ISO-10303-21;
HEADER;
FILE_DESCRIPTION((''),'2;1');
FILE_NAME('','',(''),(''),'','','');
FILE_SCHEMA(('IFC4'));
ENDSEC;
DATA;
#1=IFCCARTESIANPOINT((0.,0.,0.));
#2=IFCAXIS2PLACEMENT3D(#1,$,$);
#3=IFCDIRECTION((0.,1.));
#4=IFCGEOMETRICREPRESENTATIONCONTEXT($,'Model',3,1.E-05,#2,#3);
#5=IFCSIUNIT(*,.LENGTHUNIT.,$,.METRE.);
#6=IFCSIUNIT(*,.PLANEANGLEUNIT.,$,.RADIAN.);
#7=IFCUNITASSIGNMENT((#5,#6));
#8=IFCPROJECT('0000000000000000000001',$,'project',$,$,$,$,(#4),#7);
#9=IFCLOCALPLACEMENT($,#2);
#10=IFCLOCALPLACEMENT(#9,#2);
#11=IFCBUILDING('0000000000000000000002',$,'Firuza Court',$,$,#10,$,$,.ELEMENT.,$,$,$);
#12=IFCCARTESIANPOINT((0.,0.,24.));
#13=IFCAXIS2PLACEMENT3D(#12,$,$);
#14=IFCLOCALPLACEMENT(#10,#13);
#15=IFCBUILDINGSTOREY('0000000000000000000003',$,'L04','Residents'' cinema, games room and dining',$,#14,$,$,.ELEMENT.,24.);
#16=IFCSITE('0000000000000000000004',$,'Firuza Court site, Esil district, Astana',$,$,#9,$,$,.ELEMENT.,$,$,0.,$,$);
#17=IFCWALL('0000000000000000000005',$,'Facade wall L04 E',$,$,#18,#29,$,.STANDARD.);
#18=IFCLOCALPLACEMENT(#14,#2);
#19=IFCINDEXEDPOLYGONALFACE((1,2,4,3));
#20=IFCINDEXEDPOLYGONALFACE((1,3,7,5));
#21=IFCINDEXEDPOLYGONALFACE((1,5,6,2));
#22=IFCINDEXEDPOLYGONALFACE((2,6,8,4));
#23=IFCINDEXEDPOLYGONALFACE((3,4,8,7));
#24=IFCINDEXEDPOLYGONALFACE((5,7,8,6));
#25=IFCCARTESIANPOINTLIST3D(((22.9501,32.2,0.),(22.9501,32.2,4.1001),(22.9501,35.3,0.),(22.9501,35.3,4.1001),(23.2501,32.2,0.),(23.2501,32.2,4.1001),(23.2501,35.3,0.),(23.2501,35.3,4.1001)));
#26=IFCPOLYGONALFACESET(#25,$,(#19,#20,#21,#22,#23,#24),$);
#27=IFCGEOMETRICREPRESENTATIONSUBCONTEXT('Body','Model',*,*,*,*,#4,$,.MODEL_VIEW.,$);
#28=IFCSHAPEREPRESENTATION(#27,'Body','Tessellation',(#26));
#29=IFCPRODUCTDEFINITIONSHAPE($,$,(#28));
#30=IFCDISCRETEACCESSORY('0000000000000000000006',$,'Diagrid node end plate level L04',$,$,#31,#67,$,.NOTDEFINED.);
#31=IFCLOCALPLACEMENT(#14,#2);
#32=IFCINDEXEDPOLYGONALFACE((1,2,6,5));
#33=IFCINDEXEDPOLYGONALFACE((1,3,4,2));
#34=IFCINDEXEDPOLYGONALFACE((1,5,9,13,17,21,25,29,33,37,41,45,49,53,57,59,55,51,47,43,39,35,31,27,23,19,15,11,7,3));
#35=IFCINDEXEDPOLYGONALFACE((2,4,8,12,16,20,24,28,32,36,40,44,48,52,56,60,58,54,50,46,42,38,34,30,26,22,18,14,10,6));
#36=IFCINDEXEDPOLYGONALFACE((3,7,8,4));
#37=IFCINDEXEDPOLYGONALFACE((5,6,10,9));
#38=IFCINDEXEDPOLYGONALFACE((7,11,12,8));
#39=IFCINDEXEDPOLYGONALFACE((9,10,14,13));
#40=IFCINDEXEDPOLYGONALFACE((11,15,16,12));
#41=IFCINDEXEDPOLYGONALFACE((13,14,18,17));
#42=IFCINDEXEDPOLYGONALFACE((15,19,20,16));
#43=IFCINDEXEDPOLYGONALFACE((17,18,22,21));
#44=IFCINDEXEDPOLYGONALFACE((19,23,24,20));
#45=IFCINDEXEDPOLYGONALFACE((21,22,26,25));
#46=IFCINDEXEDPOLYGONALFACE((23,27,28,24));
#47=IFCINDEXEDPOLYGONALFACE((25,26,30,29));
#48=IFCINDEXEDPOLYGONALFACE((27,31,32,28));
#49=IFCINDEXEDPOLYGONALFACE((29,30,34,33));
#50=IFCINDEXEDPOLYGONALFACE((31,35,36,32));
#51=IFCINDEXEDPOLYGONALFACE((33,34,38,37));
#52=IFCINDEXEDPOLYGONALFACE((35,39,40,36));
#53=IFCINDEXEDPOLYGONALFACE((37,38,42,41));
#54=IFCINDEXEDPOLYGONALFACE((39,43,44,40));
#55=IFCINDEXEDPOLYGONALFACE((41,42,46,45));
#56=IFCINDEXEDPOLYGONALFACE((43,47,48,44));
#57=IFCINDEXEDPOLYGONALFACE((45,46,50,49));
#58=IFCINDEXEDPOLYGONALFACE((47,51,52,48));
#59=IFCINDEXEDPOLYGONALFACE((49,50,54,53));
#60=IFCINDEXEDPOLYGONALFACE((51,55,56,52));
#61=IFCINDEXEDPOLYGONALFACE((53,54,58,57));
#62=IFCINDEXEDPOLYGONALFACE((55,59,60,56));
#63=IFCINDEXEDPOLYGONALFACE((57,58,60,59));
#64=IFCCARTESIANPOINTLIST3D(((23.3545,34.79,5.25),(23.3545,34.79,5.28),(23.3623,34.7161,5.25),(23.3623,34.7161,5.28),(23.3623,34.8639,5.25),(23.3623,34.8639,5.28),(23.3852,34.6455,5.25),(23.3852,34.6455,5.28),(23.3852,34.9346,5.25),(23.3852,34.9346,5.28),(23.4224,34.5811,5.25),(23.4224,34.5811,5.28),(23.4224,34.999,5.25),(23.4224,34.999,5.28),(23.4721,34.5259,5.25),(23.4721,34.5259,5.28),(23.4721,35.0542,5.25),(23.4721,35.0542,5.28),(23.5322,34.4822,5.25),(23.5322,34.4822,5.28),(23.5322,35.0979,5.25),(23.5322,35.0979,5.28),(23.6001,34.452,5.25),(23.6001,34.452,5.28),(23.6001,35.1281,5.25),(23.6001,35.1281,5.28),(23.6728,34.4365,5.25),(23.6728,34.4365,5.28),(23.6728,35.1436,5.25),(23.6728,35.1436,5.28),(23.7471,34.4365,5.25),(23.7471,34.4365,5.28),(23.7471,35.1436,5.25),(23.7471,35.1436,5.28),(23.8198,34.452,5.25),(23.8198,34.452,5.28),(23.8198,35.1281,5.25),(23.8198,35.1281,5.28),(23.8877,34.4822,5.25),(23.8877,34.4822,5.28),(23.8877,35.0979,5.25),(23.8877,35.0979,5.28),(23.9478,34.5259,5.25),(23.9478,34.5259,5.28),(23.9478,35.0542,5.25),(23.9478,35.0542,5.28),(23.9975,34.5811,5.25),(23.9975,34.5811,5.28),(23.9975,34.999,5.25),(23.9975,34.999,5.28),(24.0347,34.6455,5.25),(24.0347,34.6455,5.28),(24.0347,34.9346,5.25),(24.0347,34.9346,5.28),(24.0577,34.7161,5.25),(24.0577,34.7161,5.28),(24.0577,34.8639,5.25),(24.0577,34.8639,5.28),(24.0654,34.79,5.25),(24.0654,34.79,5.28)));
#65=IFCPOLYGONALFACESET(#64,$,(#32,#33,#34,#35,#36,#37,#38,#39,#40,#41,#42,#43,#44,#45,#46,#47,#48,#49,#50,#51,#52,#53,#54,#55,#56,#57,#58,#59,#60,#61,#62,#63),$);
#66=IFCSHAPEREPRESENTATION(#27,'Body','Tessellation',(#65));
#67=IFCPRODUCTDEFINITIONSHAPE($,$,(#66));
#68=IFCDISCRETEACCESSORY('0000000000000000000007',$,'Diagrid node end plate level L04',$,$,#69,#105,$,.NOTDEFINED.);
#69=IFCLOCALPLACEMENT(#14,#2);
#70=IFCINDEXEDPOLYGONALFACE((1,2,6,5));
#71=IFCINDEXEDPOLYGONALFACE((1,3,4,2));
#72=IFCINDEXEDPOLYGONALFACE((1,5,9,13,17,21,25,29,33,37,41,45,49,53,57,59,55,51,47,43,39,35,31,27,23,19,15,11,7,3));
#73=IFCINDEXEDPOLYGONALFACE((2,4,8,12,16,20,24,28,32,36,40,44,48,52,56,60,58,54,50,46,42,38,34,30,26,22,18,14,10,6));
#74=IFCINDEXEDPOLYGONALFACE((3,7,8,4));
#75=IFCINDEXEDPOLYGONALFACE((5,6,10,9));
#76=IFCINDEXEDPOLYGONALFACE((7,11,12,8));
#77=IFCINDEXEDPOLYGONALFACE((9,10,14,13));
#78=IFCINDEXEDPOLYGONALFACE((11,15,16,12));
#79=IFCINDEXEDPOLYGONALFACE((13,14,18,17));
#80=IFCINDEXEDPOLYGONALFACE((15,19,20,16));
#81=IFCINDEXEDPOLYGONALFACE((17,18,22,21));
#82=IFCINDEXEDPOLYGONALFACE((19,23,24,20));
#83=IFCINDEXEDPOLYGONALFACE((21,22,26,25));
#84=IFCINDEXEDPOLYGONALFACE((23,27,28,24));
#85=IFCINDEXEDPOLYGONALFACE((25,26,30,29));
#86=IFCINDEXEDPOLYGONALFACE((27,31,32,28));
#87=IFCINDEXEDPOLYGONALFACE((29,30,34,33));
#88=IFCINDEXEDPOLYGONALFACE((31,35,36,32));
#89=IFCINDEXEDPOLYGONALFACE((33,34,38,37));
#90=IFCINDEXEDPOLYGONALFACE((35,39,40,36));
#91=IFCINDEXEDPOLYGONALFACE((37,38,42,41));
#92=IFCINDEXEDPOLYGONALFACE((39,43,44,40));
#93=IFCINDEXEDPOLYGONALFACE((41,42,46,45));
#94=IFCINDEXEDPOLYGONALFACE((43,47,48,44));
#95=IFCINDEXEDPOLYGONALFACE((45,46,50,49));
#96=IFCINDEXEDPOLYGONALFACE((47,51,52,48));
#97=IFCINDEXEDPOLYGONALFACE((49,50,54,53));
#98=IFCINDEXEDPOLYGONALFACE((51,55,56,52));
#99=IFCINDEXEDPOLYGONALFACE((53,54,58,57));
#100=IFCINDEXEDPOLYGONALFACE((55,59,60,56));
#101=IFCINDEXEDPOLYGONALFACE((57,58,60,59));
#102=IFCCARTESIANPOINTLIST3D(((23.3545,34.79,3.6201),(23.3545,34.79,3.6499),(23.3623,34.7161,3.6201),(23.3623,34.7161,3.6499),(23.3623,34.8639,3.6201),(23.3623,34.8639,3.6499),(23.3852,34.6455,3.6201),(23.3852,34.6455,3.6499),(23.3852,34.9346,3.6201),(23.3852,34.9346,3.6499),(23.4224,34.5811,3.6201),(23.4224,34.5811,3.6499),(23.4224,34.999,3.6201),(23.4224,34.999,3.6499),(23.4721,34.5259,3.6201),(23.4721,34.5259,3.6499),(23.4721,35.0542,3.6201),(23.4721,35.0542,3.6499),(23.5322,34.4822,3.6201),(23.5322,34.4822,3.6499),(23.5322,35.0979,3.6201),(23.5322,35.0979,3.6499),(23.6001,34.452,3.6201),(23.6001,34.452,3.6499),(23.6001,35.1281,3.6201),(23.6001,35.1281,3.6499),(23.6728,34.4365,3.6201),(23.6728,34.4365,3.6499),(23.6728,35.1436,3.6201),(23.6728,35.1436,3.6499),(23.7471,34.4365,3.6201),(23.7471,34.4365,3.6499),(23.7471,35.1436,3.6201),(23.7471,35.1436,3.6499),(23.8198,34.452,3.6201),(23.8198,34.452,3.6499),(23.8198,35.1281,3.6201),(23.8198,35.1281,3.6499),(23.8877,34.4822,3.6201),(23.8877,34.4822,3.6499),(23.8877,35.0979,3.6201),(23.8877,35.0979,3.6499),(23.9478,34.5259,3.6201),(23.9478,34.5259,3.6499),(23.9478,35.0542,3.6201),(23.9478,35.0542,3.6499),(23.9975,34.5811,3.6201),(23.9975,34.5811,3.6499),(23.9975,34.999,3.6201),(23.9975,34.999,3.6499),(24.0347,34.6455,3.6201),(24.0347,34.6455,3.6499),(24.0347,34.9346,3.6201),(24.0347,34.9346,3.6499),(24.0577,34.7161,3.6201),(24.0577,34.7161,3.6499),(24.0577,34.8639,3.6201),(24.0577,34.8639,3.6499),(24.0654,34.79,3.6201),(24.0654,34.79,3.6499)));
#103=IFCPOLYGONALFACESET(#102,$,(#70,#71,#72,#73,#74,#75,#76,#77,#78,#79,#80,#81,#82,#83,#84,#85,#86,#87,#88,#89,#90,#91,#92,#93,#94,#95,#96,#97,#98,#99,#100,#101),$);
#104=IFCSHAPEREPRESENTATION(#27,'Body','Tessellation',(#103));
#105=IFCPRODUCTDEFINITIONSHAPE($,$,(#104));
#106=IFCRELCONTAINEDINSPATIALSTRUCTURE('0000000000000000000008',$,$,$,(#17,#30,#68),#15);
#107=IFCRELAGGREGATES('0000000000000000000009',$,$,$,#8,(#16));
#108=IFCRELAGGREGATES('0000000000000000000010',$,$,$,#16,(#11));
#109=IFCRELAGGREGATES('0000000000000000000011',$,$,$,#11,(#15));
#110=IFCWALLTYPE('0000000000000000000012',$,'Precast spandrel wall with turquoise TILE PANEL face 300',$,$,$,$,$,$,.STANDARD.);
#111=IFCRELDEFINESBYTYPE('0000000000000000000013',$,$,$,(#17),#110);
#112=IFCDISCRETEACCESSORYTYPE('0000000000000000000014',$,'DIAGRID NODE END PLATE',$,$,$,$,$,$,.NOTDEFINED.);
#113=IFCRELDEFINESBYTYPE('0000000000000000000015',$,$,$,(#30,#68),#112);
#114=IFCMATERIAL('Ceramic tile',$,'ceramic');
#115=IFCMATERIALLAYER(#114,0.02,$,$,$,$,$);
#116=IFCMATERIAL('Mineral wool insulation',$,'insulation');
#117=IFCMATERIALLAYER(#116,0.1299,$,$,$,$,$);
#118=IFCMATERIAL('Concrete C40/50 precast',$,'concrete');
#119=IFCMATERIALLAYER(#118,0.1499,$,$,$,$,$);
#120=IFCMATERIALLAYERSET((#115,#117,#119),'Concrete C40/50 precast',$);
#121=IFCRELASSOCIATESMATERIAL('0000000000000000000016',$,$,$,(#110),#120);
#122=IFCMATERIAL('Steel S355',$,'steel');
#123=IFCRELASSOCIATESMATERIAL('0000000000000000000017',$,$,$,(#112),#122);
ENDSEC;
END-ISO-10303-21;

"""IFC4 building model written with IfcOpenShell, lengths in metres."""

from ifc_helpers import new_model, si_unit, direction, frame, frame_2d, origin, origin_2d, place, context, subcontext, project, spatial, rectangle, circle, extrude, material, layer, layer_set, material_profile, profile_set, type_object, element, save


model = new_model("IFC4")

# Units and contexts
model_context = context("Model", 3, precision=1e-05, world=origin(), true_north=direction((0.0, 1.0)))
body_context = subcontext(model_context, "Body", "Model", "MODEL_VIEW")
ifc_project = project(units=[si_unit("LENGTHUNIT", "METRE"), si_unit("PLANEANGLEUNIT", "RADIAN")], contexts=[model_context])

# Site, building, storey
site_placement = place(None, origin())
site = spatial("IfcSite", under=ifc_project, at=site_placement, Name="Firuza Court site, Esil district, Astana", CompositionType="ELEMENT", RefElevation=0.0)
building_placement = place(site_placement, origin())
building = spatial("IfcBuilding", under=site, at=building_placement, Name="Firuza Court", CompositionType="ELEMENT")
storey_placement = place(building_placement, frame((0.0, 0.0, 24.0)))
storey = spatial("IfcBuildingStorey", under=building, at=storey_placement, Name="L04", Description="Residents' cinema, games room and dining", CompositionType="ELEMENT", Elevation=24.0)

# Wall
ifc_material_1 = material(Name="Ceramic tile", Category="ceramic")
ifc_layer_1 = layer(ifc_material_1, 0.02)
ifc_material_2 = material(Name="Mineral wool insulation", Category="insulation")
ifc_layer_2 = layer(ifc_material_2, 0.1299)
ifc_material_3 = material(Name="Concrete C40/50 precast", Category="concrete")
ifc_layer_3 = layer(ifc_material_3, 0.1499)
ifc_layer_set_1 = layer_set([ifc_layer_1, ifc_layer_2, ifc_layer_3], Name="Concrete C40/50 precast")
wall_type = type_object("IfcWallType", Name="Precast spandrel wall with turquoise TILE PANEL face 300", PredefinedType="STANDARD", material=ifc_layer_set_1)
wall_placement = place(storey_placement, frame((23.1001, 32.2, 0.0), z_axis=(0.0, 0.0, 1.0), x_axis=(0.0, 1.0, 0.0)))
element("IfcWall", 1, at=wall_placement, inside=storey, type_object=wall_type, Name="Facade wall L04 E", PredefinedType="STANDARD", context=body_context, shape_type="SweptSolid", body=[
    extrude(rectangle(XDim=3.1001, YDim=0.3, at=frame_2d((1.55, 0.0))), origin(), (0.0, 0.0, 1.0), 4.1001),
])

# Discrete accessories
ifc_material_4 = material(Name="Steel S355", Category="steel")
ifc_material_profile_1 = material_profile(ifc_material_4, circle(Radius=0.3555, at=origin_2d()), Name="PL D711")
ifc_profile_set_1 = profile_set([ifc_material_profile_1], Name="Steel S355")
discrete_accessory_type = type_object("IfcDiscreteAccessoryType", Name="DIAGRID NODE END PLATE", PredefinedType="NOTDEFINED", material=ifc_profile_set_1)
discrete_accessory_1_placement = place(storey_placement, frame((23.71, 34.79, 5.25), z_axis=(0.0, 0.0, 1.0), x_axis=(1.0, 0.0, 0.0)))
element("IfcDiscreteAccessory", 2, at=discrete_accessory_1_placement, inside=storey, type_object=discrete_accessory_type, Name="Diagrid node end plate level L04", PredefinedType="NOTDEFINED", context=body_context, shape_type="SweptSolid", body=[
    extrude(circle(Radius=0.3555, at=origin_2d()), origin(), (0.0, 0.0, 1.0), 0.03),
])
discrete_accessory_2_placement = place(storey_placement, frame((23.71, 34.79, 3.6201), z_axis=(0.0, 0.0, 1.0), x_axis=(1.0, 0.0, 0.0)))
element("IfcDiscreteAccessory", 3, at=discrete_accessory_2_placement, inside=storey, type_object=discrete_accessory_type, Name="Diagrid node end plate level L04", PredefinedType="NOTDEFINED", context=body_context, shape_type="SweptSolid", body=[
    extrude(circle(Radius=0.3555, at=origin_2d()), origin(), (0.0, 0.0, 1.0), 0.0298),
])

save(model, "model.ifc")
